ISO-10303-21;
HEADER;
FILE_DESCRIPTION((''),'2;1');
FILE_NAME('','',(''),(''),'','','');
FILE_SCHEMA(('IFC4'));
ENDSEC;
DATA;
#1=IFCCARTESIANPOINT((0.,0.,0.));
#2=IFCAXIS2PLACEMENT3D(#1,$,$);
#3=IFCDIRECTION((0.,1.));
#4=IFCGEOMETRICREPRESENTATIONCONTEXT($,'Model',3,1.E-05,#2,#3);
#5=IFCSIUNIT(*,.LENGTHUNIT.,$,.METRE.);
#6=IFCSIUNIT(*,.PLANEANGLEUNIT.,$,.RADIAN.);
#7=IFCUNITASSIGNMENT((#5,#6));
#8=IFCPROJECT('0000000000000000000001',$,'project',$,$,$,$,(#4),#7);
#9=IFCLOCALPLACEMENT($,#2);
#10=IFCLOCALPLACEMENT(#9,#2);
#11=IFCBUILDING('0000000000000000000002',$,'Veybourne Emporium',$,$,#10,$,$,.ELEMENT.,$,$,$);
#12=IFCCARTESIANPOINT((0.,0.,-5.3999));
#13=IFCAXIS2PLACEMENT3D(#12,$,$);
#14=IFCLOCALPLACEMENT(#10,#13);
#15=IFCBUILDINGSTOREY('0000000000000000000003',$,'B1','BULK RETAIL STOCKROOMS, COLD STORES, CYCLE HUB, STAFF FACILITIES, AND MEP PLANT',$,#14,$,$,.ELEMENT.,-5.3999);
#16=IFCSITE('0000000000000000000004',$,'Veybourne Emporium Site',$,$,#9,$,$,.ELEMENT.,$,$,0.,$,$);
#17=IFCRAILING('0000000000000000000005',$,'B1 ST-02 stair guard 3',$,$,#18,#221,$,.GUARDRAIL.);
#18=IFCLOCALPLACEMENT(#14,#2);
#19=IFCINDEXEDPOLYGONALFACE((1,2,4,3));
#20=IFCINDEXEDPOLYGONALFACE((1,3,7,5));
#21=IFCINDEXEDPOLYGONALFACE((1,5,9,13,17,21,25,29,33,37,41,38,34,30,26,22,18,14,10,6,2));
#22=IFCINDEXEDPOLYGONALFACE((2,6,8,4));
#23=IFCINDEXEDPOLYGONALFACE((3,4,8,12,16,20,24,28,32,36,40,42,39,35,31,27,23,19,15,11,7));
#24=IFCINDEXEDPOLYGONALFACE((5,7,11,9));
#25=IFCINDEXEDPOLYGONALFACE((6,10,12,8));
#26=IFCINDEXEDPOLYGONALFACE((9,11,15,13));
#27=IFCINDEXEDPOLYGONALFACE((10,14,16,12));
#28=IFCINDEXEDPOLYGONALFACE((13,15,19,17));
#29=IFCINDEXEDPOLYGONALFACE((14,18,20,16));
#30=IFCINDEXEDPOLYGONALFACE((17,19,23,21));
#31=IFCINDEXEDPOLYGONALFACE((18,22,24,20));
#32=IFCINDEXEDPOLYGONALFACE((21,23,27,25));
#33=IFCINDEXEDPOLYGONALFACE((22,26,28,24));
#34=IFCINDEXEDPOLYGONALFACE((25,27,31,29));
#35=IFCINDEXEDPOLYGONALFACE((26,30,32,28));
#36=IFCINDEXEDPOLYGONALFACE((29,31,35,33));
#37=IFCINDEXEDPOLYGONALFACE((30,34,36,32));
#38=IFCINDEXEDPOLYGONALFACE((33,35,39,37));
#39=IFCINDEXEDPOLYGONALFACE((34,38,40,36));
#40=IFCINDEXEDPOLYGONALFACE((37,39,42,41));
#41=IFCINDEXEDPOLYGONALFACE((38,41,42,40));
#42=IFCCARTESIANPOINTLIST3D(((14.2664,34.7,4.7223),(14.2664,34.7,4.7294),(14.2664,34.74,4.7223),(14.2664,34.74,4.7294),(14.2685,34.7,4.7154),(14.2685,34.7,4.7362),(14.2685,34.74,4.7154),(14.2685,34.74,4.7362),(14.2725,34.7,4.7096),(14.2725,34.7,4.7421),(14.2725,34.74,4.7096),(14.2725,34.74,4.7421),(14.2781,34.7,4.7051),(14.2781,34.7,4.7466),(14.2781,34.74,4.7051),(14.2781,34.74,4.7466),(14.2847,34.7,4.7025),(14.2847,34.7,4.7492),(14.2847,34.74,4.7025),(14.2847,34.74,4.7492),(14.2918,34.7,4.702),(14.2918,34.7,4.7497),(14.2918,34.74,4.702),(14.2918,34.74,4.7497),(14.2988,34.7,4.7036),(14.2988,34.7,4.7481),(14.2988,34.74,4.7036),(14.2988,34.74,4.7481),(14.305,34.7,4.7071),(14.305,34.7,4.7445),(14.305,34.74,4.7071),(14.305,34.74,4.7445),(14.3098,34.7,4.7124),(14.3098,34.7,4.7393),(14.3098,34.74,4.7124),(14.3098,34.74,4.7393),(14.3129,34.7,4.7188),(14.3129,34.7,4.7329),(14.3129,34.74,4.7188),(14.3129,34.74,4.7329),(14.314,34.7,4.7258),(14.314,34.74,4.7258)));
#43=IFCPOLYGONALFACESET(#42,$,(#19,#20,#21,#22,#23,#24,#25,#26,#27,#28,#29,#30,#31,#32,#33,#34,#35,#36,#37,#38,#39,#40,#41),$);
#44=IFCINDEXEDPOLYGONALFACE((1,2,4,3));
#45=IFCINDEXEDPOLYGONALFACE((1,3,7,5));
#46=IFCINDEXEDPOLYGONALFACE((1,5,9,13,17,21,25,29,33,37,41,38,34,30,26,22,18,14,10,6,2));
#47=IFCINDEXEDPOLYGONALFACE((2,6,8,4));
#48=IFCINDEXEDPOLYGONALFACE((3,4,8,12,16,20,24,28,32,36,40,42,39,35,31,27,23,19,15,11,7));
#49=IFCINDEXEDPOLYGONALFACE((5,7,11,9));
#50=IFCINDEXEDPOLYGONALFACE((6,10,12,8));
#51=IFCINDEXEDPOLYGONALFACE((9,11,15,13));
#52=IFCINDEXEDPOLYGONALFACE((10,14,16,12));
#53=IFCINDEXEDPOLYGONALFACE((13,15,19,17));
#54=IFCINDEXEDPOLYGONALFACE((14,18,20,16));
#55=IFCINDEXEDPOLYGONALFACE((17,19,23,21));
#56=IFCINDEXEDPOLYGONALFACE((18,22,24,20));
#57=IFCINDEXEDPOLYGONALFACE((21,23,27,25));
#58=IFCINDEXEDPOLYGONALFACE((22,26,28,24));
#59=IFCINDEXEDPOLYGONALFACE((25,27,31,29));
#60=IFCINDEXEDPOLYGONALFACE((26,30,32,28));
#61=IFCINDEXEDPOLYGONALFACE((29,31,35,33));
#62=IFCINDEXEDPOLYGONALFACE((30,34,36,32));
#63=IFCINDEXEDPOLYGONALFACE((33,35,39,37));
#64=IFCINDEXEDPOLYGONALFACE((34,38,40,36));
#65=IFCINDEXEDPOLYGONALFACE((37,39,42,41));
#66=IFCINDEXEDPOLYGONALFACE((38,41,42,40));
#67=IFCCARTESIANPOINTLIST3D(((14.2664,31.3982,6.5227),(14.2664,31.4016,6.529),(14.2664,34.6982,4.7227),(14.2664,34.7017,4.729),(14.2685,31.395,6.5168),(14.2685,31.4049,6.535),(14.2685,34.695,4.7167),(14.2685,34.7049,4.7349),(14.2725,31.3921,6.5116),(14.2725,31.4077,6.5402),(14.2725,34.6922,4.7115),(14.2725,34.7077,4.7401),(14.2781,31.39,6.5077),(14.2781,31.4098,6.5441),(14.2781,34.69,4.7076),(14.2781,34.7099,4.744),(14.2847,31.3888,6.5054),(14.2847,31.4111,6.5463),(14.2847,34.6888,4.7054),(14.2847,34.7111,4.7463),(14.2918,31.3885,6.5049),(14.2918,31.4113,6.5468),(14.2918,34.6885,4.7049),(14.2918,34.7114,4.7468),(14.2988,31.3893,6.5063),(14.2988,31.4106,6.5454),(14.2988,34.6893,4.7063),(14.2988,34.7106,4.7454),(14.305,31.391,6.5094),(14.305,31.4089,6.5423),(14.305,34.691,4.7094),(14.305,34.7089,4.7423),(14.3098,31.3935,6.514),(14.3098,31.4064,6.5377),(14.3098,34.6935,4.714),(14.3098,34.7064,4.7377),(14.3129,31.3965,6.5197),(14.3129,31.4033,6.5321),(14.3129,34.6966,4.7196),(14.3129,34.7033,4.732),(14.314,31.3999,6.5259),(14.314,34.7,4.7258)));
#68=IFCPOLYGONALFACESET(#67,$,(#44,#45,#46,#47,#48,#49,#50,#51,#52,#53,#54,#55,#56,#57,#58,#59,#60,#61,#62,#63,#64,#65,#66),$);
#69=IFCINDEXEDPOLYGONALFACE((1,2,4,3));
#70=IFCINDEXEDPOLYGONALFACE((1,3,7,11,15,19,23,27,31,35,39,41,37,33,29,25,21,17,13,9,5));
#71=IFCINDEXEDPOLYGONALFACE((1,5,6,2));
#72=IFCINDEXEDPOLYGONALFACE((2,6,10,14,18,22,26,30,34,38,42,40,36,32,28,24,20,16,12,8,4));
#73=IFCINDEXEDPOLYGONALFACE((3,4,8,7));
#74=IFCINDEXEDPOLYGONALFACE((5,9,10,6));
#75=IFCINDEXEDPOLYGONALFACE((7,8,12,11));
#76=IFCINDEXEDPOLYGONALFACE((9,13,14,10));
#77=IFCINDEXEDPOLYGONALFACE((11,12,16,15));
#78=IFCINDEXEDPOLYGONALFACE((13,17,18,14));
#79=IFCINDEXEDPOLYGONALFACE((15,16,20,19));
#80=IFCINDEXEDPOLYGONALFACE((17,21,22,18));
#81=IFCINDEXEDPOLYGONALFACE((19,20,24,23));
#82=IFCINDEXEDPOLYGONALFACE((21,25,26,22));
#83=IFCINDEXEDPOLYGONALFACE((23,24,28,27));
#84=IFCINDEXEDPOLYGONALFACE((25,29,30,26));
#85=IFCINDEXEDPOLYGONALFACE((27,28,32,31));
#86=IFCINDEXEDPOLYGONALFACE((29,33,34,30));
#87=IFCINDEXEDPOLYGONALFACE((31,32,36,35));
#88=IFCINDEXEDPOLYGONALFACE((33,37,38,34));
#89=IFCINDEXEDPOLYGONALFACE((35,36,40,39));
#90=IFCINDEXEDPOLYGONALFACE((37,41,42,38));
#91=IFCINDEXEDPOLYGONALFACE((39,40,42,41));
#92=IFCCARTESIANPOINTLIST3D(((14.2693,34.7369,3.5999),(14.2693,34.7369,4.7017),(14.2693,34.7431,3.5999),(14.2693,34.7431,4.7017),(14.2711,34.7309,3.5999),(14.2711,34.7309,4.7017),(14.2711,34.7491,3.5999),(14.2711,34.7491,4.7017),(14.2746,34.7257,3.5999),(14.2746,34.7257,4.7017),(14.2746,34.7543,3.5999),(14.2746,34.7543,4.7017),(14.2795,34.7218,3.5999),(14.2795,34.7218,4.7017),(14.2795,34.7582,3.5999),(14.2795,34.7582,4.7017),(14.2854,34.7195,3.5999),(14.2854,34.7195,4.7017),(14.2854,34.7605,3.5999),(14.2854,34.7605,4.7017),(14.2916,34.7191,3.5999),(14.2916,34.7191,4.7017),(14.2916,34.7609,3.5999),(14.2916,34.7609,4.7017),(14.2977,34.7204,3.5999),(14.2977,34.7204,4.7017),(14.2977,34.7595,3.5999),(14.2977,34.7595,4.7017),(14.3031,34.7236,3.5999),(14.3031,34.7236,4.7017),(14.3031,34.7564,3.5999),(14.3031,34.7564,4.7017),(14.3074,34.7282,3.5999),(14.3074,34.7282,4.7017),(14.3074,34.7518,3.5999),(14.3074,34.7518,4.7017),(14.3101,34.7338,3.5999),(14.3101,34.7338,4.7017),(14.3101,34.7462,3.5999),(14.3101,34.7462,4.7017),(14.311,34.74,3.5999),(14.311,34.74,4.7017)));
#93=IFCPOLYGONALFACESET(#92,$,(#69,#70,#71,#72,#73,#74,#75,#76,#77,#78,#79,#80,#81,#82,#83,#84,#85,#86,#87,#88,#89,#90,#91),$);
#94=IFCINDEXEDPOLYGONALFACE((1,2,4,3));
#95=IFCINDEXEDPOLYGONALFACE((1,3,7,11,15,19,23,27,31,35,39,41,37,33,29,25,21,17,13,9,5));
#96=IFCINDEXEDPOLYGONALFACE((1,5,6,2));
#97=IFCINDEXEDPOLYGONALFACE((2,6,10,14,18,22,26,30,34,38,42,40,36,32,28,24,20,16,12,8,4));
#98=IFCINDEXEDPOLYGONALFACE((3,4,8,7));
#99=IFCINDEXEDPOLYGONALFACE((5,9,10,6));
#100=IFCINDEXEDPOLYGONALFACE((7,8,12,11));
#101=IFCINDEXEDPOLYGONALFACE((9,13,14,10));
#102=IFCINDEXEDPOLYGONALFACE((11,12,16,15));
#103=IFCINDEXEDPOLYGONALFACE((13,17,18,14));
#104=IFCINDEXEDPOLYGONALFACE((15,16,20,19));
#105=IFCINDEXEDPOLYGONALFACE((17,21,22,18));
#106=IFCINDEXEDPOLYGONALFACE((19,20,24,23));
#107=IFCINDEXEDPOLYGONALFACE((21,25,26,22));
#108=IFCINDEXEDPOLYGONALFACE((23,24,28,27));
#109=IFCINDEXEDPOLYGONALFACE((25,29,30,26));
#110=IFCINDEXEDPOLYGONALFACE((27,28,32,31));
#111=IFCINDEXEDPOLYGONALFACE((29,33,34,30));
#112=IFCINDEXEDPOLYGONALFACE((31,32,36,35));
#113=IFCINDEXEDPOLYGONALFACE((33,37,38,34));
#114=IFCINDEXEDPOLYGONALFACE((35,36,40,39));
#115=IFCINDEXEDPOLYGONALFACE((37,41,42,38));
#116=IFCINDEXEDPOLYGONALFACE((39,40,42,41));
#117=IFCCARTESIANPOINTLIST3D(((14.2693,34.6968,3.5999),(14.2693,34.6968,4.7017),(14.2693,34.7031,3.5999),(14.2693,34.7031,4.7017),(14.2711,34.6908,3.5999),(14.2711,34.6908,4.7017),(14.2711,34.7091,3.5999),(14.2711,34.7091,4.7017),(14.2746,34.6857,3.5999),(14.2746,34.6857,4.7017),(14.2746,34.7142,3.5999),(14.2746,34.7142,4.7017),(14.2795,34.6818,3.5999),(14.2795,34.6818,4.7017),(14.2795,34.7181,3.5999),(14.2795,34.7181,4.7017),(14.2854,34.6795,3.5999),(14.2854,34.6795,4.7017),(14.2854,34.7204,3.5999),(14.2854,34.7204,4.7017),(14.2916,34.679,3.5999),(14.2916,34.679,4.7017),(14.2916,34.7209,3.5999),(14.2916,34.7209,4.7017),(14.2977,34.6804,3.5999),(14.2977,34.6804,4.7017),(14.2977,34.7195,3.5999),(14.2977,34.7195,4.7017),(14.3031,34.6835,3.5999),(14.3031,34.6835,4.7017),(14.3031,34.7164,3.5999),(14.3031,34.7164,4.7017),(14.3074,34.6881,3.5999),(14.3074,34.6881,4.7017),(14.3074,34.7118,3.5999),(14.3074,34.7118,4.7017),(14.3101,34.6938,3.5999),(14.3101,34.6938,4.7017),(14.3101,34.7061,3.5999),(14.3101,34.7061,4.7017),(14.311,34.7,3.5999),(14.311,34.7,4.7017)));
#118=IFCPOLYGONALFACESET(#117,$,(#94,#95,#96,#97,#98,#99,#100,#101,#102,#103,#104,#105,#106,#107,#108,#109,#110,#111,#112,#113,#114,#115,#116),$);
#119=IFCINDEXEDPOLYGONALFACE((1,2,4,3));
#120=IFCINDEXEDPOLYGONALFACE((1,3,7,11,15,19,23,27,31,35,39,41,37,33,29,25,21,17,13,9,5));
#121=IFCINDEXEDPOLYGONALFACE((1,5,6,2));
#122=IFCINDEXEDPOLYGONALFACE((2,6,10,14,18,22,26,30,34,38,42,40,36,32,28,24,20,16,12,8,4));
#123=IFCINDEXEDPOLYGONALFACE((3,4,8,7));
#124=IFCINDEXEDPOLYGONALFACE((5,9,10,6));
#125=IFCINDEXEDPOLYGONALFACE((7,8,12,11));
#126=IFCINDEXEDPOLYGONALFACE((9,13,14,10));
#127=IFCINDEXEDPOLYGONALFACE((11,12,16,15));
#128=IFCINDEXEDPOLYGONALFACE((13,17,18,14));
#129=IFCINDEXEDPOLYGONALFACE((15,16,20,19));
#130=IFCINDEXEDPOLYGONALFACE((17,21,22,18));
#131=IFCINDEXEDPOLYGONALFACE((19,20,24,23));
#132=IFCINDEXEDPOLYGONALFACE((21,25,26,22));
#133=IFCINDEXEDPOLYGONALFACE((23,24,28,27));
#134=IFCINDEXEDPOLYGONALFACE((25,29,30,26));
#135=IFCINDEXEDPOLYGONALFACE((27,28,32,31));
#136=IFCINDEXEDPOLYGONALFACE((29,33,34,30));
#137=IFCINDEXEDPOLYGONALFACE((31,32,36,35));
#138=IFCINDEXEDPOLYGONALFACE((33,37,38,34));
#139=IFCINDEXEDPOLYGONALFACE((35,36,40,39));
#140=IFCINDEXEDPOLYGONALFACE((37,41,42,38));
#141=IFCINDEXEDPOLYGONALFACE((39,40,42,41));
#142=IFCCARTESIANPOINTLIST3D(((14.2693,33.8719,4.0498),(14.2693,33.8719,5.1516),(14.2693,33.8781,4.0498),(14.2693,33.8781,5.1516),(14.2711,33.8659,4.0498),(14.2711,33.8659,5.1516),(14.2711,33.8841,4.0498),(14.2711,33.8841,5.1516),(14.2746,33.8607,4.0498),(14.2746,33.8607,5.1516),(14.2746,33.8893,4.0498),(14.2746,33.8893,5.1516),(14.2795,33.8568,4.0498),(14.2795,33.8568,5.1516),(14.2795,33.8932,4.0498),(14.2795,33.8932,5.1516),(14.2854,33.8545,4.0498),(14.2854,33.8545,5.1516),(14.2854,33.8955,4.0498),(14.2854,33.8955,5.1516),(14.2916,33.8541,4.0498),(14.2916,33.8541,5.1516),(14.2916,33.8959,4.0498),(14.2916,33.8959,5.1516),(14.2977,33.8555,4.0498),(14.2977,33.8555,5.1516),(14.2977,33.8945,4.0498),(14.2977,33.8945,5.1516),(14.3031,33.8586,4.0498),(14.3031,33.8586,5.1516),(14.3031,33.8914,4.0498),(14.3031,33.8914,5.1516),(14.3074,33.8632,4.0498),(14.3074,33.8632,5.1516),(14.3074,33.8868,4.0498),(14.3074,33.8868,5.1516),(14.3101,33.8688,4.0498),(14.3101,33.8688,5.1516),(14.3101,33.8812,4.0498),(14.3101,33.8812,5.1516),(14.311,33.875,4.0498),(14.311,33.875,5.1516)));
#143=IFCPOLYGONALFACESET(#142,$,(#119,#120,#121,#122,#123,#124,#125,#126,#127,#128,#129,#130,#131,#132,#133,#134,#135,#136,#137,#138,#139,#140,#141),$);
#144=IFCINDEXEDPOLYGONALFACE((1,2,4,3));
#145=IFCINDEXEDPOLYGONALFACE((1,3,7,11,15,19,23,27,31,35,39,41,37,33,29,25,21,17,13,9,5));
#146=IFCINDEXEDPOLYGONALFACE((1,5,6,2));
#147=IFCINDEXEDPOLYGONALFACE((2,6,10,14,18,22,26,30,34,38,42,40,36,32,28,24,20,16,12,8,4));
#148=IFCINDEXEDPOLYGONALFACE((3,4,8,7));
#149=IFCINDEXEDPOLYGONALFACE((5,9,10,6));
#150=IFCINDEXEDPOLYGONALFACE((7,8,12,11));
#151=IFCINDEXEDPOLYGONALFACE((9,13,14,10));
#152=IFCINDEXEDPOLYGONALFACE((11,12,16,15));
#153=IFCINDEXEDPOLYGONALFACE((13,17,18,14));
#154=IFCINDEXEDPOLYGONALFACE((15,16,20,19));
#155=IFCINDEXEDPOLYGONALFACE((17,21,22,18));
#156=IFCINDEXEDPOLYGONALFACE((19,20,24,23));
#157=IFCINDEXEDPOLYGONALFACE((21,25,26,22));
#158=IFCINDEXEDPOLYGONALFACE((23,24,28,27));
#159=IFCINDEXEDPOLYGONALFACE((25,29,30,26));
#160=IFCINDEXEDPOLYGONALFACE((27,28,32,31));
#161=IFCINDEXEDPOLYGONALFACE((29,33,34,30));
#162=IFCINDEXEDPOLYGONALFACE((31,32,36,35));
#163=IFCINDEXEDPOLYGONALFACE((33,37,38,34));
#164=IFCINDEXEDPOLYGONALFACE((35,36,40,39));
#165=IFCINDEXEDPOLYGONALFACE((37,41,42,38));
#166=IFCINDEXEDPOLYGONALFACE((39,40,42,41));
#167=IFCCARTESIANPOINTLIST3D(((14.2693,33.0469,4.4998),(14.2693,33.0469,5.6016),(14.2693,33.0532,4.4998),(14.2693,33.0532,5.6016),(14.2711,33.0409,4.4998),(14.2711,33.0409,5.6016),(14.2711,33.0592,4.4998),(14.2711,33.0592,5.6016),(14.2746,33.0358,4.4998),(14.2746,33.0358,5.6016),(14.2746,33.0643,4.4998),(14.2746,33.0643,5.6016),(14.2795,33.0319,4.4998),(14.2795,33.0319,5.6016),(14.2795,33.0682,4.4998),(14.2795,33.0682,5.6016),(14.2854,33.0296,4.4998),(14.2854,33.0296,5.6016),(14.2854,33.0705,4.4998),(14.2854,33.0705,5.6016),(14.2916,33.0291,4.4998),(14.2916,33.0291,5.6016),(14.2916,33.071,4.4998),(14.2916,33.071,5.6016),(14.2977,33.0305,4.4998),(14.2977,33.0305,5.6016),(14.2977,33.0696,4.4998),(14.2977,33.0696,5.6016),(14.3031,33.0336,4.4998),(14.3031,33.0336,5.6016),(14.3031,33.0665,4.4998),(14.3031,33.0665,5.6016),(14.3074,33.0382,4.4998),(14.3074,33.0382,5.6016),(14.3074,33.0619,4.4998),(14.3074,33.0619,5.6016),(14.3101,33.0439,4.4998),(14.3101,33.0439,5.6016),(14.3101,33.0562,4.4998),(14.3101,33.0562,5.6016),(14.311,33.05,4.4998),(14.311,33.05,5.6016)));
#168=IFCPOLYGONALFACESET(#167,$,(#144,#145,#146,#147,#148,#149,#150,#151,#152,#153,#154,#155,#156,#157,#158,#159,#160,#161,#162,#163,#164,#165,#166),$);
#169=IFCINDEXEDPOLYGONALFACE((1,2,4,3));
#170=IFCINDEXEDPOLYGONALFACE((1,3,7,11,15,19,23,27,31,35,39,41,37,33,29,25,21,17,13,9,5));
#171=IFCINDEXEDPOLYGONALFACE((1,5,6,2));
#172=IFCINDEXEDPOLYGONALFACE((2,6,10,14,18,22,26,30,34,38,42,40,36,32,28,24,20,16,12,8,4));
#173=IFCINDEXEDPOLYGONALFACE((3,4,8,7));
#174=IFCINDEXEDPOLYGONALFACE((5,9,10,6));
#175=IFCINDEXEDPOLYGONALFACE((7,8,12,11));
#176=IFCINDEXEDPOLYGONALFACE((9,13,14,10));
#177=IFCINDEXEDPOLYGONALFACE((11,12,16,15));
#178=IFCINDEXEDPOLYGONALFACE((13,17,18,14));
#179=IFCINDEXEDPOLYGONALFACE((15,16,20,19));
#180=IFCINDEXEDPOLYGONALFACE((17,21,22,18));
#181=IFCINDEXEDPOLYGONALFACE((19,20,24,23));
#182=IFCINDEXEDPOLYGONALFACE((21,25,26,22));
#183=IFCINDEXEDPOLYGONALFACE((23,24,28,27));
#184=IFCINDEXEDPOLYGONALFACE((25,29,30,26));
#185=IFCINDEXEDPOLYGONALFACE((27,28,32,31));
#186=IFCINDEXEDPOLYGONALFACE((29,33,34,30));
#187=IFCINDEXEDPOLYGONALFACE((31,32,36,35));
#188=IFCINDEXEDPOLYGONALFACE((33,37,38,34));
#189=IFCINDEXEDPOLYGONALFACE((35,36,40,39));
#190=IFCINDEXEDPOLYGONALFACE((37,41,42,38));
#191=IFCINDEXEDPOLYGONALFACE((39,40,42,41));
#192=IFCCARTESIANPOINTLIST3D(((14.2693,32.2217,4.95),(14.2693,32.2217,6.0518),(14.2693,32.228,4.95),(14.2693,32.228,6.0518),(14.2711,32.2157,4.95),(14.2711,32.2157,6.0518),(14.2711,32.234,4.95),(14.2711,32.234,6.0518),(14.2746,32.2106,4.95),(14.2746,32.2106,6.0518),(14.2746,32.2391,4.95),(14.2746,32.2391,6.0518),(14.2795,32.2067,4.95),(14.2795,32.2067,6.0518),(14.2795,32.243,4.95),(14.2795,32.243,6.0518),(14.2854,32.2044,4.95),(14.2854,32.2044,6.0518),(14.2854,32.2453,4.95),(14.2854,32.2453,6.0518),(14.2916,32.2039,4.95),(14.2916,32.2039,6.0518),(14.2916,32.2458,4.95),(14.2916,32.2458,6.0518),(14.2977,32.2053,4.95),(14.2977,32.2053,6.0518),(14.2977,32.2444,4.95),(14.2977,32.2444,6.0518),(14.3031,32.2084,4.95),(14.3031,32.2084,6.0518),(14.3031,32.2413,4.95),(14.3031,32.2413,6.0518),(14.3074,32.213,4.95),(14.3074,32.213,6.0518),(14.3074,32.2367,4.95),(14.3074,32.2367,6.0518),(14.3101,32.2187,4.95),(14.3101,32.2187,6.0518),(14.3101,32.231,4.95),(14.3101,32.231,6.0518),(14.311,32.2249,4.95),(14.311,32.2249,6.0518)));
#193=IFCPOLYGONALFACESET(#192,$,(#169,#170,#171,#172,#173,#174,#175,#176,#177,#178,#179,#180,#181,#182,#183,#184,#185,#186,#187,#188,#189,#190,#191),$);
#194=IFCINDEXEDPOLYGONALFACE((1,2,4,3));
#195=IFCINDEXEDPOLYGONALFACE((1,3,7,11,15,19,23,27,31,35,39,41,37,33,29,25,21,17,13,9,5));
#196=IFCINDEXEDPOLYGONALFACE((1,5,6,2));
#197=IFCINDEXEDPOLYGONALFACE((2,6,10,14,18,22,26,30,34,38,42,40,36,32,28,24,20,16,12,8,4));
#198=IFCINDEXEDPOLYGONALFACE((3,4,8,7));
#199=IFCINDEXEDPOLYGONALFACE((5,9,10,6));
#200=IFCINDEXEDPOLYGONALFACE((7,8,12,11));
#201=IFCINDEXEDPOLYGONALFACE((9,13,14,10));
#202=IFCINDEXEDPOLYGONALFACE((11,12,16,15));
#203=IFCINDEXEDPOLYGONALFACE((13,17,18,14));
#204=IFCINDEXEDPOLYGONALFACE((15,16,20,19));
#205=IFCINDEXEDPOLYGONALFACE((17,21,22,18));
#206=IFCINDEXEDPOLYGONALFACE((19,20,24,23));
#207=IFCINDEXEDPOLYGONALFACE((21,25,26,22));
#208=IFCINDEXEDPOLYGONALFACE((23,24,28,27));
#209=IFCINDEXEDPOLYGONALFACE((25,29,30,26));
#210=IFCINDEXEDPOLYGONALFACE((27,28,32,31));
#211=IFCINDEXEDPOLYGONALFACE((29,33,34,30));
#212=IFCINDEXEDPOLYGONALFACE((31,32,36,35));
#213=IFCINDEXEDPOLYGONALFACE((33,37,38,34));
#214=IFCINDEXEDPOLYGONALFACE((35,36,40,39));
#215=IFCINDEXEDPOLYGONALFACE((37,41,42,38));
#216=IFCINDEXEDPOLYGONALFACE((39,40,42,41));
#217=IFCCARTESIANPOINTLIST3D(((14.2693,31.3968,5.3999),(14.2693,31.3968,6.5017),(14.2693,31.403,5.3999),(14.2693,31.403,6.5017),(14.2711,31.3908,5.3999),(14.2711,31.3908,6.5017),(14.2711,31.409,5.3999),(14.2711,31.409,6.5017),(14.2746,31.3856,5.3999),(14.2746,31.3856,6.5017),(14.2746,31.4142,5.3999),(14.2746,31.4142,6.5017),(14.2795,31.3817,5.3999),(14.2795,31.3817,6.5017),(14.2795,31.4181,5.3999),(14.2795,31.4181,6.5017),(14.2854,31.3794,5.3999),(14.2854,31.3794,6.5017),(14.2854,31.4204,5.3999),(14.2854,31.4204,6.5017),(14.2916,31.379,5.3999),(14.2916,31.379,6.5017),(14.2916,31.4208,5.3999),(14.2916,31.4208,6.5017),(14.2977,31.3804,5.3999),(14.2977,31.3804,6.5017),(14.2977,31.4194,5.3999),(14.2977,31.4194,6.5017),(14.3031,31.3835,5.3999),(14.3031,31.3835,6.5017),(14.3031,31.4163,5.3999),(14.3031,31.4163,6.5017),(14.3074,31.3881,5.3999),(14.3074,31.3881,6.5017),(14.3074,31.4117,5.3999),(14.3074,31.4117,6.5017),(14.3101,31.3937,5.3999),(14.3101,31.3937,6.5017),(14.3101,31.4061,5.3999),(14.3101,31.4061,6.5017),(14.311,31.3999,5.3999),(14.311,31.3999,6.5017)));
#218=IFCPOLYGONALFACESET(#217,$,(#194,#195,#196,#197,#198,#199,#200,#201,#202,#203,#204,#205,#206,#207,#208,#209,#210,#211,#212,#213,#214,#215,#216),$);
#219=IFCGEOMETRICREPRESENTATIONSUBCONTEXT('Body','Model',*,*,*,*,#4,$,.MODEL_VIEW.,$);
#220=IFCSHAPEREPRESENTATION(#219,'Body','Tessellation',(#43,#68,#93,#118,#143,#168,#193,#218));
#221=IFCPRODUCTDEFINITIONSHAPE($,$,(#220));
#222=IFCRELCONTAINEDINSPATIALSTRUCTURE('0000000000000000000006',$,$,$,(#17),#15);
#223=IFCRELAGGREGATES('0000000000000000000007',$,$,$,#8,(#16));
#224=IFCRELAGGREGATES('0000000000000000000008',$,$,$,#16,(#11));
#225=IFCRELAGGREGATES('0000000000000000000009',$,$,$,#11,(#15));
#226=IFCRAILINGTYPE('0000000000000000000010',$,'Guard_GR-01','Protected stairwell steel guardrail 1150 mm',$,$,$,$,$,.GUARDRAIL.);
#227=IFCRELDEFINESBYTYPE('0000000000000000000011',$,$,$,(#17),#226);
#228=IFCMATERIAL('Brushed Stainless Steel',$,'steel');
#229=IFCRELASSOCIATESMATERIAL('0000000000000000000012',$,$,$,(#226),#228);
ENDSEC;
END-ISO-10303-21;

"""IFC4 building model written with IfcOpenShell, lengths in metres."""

from ifc_helpers import new_model, si_unit, direction, frame, origin, origin_2d, place, context, subcontext, project, spatial, circle, extrude, material, type_object, element, save


model = new_model("IFC4")

# Units and contexts
model_context = context("Model", 3, precision=1e-05, world=origin(), true_north=direction((0.0, 1.0)))
body_context = subcontext(model_context, "Body", "Model", "MODEL_VIEW")
ifc_project = project(units=[si_unit("LENGTHUNIT", "METRE"), si_unit("PLANEANGLEUNIT", "RADIAN")], contexts=[model_context])

# Site, building, storey
site_placement = place(None, origin())
site = spatial("IfcSite", under=ifc_project, at=site_placement, Name="Veybourne Emporium Site", CompositionType="ELEMENT", RefElevation=0.0)
building_placement = place(site_placement, origin())
building = spatial("IfcBuilding", under=site, at=building_placement, Name="Veybourne Emporium", CompositionType="ELEMENT")
storey_placement = place(building_placement, frame((0.0, 0.0, -5.3999)))
storey = spatial("IfcBuildingStorey", under=building, at=storey_placement, Name="B1", Description="BULK RETAIL STOCKROOMS, COLD STORES, CYCLE HUB, STAFF FACILITIES, AND MEP PLANT", CompositionType="ELEMENT", Elevation=-5.3999)

# Railing
ifc_material_1 = material(Name="Brushed Stainless Steel", Category="steel")
railing_type = type_object("IfcRailingType", Name="Guard_GR-01", Description="Protected stairwell steel guardrail 1150 mm", PredefinedType="GUARDRAIL", material=ifc_material_1)
railing_placement = place(storey_placement, frame((14.29, 34.74, 3.5999)))
element("IfcRailing", 1, at=railing_placement, inside=storey, type_object=railing_type, Name="B1 ST-02 stair guard 3", PredefinedType="GUARDRAIL", context=body_context, shape_type="SweptSolid", body=[
    extrude(circle(Radius=0.0239, at=origin_2d()), frame((0.0, 0.0, 1.126), z_axis=(0.0, -1.0, 0.0), x_axis=(1.0, 0.0, 0.0)), (0.0, 0.0, 1.0), 0.04),
    extrude(circle(Radius=0.0239, at=origin_2d()), frame((0.0, -0.04, 1.126), z_axis=(0.0, -0.877893, 0.478857), x_axis=(1.0, 0.0, 0.0)), (0.0, 0.0, 1.0), 3.759),
    extrude(circle(Radius=0.021, at=origin_2d()), origin(), (0.0, 0.0, 1.0), 1.1018),
    extrude(circle(Radius=0.021, at=origin_2d()), frame((0.0, -0.04, 0.0)), (0.0, 0.0, 1.0), 1.1018),
    extrude(circle(Radius=0.021, at=origin_2d()), frame((0.0, -0.865, 0.45)), (0.0, 0.0, 1.0), 1.1018),
    extrude(circle(Radius=0.021, at=origin_2d()), frame((0.0, -1.6899, 0.8999)), (0.0, 0.0, 1.0), 1.1018),
    extrude(circle(Radius=0.021, at=origin_2d()), frame((0.0, -2.5151, 1.3501)), (0.0, 0.0, 1.0), 1.1018),
    extrude(circle(Radius=0.021, at=origin_2d()), frame((0.0, -3.3401, 1.8)), (0.0, 0.0, 1.0), 1.1018),
])

save(model, "model.ifc")
